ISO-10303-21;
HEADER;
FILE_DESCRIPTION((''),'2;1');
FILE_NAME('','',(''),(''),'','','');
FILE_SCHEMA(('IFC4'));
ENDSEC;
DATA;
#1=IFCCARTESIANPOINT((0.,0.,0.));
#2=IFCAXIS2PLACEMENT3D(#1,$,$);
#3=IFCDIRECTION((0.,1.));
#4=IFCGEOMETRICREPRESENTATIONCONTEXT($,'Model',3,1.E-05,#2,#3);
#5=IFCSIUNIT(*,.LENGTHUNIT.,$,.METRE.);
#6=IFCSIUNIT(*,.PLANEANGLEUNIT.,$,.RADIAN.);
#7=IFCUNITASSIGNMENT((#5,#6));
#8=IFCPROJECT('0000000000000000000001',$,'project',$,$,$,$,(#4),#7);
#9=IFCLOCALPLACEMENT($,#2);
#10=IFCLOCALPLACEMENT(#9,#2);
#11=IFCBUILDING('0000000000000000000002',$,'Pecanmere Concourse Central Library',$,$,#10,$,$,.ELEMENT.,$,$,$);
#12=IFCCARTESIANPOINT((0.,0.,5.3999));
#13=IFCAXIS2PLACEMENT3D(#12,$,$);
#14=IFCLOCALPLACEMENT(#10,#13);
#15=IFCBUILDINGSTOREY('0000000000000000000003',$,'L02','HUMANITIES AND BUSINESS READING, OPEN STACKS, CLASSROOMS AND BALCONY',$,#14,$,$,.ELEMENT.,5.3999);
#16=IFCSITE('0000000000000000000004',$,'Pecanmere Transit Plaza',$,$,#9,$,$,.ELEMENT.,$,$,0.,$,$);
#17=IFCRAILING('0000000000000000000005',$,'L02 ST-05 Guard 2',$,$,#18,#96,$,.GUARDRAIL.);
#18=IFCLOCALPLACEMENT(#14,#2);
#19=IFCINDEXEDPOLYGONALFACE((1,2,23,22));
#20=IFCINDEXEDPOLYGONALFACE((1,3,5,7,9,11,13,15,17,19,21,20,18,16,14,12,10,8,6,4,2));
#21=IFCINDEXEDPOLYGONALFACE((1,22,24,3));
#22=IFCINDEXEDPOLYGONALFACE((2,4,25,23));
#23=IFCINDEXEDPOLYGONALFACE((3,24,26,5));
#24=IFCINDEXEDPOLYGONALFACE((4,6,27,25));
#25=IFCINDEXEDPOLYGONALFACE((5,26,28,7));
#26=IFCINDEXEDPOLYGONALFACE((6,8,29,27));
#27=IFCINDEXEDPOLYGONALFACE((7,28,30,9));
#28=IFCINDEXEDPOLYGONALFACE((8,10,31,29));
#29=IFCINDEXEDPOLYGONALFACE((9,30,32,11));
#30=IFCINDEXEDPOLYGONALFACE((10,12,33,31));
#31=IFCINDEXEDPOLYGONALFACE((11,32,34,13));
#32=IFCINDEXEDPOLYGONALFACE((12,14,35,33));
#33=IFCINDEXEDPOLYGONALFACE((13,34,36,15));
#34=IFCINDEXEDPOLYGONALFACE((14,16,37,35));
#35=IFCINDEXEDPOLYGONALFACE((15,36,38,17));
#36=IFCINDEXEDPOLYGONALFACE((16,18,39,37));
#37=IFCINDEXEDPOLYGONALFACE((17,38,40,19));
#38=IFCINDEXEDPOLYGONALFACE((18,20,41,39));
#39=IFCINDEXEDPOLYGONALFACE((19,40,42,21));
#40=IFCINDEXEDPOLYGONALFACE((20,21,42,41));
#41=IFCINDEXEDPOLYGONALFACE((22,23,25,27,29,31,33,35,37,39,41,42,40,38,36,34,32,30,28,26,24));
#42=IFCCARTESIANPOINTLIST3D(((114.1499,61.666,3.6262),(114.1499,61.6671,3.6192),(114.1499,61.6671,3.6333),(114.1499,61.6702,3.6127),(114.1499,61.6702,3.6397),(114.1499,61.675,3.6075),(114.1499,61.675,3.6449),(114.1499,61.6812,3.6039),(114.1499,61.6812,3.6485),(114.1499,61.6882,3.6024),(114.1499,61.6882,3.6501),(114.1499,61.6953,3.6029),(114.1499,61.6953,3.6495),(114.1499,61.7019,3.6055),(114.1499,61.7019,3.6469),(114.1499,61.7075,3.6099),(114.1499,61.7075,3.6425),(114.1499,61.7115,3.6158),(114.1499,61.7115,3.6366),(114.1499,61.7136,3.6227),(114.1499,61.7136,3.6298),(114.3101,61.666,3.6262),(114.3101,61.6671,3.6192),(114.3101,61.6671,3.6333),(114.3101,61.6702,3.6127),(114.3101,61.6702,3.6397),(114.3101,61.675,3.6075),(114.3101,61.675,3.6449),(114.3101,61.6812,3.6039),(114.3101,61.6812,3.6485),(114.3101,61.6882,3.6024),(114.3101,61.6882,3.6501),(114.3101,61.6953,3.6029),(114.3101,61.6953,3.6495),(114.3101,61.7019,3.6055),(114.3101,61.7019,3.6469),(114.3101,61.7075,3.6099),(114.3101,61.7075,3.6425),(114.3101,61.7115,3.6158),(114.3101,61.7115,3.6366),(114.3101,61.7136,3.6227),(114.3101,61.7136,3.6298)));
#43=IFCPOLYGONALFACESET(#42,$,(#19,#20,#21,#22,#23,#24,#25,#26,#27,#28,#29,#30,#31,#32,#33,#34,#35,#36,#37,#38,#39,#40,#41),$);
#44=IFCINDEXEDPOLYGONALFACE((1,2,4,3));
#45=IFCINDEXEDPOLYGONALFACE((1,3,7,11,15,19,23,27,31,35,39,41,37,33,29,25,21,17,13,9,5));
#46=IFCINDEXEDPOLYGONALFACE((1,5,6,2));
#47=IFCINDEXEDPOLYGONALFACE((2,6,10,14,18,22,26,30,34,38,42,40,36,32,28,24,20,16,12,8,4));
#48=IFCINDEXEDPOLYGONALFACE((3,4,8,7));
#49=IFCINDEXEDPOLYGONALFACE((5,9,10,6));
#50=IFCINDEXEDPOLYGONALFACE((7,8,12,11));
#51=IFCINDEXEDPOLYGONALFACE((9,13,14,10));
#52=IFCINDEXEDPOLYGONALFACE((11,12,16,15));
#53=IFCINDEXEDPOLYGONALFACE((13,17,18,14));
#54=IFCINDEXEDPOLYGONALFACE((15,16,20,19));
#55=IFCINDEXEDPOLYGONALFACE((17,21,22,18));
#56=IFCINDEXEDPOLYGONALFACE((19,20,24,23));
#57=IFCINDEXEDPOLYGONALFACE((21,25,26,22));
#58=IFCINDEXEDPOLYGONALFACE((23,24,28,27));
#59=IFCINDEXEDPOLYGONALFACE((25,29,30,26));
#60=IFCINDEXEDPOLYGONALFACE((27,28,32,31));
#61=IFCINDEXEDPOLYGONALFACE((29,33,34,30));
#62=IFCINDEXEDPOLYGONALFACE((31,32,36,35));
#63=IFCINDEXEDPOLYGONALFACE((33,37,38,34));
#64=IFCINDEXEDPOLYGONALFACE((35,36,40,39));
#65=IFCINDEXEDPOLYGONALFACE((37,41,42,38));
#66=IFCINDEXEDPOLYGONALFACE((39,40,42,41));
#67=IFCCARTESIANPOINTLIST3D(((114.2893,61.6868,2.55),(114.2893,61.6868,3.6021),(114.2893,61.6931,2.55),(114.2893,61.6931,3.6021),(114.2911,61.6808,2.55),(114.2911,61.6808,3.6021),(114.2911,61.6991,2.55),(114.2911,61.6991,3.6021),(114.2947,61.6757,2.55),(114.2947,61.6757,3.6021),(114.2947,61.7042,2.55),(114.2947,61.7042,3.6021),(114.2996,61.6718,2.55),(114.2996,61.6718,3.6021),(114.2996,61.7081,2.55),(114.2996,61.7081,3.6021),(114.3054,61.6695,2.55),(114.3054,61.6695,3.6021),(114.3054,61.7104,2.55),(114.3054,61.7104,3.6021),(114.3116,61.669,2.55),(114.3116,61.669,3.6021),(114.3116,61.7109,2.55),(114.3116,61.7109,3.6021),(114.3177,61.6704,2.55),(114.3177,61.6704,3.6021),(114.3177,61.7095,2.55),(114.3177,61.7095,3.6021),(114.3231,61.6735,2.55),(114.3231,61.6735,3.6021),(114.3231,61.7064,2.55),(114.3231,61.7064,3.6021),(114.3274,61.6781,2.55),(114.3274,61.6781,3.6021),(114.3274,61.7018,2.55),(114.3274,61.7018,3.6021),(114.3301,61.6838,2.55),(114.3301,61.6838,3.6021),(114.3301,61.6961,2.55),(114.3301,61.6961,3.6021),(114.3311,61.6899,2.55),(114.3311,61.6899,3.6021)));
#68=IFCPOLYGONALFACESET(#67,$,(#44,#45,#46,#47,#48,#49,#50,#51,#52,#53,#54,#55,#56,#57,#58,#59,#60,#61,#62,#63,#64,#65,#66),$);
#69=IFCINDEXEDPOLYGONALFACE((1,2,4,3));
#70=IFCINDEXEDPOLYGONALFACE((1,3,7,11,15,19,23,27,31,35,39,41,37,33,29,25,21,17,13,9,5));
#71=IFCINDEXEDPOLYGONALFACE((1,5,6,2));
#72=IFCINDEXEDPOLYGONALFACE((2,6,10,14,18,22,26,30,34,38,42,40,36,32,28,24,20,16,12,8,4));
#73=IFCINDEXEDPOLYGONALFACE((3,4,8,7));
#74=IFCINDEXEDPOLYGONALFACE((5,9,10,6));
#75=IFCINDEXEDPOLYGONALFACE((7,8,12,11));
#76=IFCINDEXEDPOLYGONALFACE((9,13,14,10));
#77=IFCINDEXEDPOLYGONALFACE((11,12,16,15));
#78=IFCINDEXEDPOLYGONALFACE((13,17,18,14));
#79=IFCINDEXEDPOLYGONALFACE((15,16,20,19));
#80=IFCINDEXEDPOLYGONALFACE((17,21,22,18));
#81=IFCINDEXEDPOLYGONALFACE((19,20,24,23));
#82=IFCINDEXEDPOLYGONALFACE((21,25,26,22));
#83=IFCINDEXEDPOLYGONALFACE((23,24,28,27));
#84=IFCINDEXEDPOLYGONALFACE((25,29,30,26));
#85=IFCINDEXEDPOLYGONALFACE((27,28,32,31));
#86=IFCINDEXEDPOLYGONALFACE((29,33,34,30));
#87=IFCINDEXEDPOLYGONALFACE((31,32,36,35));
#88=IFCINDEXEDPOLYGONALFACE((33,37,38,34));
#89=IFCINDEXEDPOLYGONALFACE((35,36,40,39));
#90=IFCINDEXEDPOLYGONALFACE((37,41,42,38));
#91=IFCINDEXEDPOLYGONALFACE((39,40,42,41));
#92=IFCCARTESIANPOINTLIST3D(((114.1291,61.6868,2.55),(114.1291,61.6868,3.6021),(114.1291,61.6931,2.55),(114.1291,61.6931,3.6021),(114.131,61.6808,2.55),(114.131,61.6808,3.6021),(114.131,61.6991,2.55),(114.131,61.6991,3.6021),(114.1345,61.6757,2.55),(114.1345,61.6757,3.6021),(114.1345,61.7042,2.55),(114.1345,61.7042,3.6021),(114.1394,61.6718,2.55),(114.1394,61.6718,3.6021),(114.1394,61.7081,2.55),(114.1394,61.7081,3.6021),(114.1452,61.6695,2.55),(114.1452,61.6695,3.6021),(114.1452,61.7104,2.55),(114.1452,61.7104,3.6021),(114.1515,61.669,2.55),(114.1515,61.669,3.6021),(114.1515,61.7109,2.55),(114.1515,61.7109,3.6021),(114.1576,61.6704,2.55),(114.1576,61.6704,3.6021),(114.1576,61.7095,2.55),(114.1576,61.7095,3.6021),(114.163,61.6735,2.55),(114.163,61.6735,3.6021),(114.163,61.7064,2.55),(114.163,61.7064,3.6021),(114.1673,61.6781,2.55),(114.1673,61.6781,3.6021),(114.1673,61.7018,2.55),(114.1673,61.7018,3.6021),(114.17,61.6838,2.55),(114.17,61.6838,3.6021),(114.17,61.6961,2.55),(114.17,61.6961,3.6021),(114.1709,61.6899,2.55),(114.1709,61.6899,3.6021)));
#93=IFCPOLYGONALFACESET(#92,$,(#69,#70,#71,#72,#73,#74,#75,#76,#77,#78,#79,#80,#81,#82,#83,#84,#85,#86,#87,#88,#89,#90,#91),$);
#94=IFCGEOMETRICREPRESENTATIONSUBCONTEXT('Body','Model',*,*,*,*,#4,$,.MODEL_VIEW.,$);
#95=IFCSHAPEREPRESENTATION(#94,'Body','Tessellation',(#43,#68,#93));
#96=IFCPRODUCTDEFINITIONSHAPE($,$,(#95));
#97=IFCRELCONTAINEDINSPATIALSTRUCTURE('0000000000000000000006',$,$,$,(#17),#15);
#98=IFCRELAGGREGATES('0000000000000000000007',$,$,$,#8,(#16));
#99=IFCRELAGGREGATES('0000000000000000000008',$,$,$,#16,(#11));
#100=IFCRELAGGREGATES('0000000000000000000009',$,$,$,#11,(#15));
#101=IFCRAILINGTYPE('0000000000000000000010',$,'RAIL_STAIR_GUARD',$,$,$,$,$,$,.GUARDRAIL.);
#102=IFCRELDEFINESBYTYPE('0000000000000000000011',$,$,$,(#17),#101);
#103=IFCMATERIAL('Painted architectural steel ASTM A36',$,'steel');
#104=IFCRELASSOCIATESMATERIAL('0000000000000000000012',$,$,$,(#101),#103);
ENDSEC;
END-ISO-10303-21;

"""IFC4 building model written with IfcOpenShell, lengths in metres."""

from ifc_helpers import new_model, si_unit, direction, frame, origin, origin_2d, place, context, subcontext, project, spatial, circle, extrude, material, type_object, element, save


model = new_model("IFC4")

# Units and contexts
model_context = context("Model", 3, precision=1e-05, world=origin(), true_north=direction((0.0, 1.0)))
body_context = subcontext(model_context, "Body", "Model", "MODEL_VIEW")
ifc_project = project(units=[si_unit("LENGTHUNIT", "METRE"), si_unit("PLANEANGLEUNIT", "RADIAN")], contexts=[model_context])

# Site, building, storey
site_placement = place(None, origin())
site = spatial("IfcSite", under=ifc_project, at=site_placement, Name="Pecanmere Transit Plaza", CompositionType="ELEMENT", RefElevation=0.0)
building_placement = place(site_placement, origin())
building = spatial("IfcBuilding", under=site, at=building_placement, Name="Pecanmere Concourse Central Library", CompositionType="ELEMENT")
storey_placement = place(building_placement, frame((0.0, 0.0, 5.3999)))
storey = spatial("IfcBuildingStorey", under=building, at=storey_placement, Name="L02", Description="HUMANITIES AND BUSINESS READING, OPEN STACKS, CLASSROOMS AND BALCONY", CompositionType="ELEMENT", Elevation=5.3999)

# Railing
ifc_material_1 = material(Name="Painted architectural steel ASTM A36", Category="steel")
railing_type_1 = type_object("IfcRailingType", Name="RAIL_STAIR_GUARD", PredefinedType="GUARDRAIL", material=ifc_material_1)
railing_1_placement = place(storey_placement, frame((114.3101, 61.6899, 2.55)))
element("IfcRailing", 1, at=railing_1_placement, inside=storey, type_object=railing_type_1, Name="L02 ST-05 Guard 2", PredefinedType="GUARDRAIL", context=body_context, shape_type="SweptSolid", body=[
    extrude(circle(Radius=0.0239, at=origin_2d()), frame((0.0, 0.0, 1.0762), z_axis=(-1.0, 0.0, 0.0), x_axis=(0.0, -1.0, 0.0)), (0.0, 0.0, 1.0), 0.1602),
    extrude(circle(Radius=0.021, at=origin_2d()), origin(), (0.0, 0.0, 1.0), 1.052),
    extrude(circle(Radius=0.021, at=origin_2d()), frame((-0.1602, 0.0, 0.0)), (0.0, 0.0, 1.0), 1.052),
])

save(model, "model.ifc")
